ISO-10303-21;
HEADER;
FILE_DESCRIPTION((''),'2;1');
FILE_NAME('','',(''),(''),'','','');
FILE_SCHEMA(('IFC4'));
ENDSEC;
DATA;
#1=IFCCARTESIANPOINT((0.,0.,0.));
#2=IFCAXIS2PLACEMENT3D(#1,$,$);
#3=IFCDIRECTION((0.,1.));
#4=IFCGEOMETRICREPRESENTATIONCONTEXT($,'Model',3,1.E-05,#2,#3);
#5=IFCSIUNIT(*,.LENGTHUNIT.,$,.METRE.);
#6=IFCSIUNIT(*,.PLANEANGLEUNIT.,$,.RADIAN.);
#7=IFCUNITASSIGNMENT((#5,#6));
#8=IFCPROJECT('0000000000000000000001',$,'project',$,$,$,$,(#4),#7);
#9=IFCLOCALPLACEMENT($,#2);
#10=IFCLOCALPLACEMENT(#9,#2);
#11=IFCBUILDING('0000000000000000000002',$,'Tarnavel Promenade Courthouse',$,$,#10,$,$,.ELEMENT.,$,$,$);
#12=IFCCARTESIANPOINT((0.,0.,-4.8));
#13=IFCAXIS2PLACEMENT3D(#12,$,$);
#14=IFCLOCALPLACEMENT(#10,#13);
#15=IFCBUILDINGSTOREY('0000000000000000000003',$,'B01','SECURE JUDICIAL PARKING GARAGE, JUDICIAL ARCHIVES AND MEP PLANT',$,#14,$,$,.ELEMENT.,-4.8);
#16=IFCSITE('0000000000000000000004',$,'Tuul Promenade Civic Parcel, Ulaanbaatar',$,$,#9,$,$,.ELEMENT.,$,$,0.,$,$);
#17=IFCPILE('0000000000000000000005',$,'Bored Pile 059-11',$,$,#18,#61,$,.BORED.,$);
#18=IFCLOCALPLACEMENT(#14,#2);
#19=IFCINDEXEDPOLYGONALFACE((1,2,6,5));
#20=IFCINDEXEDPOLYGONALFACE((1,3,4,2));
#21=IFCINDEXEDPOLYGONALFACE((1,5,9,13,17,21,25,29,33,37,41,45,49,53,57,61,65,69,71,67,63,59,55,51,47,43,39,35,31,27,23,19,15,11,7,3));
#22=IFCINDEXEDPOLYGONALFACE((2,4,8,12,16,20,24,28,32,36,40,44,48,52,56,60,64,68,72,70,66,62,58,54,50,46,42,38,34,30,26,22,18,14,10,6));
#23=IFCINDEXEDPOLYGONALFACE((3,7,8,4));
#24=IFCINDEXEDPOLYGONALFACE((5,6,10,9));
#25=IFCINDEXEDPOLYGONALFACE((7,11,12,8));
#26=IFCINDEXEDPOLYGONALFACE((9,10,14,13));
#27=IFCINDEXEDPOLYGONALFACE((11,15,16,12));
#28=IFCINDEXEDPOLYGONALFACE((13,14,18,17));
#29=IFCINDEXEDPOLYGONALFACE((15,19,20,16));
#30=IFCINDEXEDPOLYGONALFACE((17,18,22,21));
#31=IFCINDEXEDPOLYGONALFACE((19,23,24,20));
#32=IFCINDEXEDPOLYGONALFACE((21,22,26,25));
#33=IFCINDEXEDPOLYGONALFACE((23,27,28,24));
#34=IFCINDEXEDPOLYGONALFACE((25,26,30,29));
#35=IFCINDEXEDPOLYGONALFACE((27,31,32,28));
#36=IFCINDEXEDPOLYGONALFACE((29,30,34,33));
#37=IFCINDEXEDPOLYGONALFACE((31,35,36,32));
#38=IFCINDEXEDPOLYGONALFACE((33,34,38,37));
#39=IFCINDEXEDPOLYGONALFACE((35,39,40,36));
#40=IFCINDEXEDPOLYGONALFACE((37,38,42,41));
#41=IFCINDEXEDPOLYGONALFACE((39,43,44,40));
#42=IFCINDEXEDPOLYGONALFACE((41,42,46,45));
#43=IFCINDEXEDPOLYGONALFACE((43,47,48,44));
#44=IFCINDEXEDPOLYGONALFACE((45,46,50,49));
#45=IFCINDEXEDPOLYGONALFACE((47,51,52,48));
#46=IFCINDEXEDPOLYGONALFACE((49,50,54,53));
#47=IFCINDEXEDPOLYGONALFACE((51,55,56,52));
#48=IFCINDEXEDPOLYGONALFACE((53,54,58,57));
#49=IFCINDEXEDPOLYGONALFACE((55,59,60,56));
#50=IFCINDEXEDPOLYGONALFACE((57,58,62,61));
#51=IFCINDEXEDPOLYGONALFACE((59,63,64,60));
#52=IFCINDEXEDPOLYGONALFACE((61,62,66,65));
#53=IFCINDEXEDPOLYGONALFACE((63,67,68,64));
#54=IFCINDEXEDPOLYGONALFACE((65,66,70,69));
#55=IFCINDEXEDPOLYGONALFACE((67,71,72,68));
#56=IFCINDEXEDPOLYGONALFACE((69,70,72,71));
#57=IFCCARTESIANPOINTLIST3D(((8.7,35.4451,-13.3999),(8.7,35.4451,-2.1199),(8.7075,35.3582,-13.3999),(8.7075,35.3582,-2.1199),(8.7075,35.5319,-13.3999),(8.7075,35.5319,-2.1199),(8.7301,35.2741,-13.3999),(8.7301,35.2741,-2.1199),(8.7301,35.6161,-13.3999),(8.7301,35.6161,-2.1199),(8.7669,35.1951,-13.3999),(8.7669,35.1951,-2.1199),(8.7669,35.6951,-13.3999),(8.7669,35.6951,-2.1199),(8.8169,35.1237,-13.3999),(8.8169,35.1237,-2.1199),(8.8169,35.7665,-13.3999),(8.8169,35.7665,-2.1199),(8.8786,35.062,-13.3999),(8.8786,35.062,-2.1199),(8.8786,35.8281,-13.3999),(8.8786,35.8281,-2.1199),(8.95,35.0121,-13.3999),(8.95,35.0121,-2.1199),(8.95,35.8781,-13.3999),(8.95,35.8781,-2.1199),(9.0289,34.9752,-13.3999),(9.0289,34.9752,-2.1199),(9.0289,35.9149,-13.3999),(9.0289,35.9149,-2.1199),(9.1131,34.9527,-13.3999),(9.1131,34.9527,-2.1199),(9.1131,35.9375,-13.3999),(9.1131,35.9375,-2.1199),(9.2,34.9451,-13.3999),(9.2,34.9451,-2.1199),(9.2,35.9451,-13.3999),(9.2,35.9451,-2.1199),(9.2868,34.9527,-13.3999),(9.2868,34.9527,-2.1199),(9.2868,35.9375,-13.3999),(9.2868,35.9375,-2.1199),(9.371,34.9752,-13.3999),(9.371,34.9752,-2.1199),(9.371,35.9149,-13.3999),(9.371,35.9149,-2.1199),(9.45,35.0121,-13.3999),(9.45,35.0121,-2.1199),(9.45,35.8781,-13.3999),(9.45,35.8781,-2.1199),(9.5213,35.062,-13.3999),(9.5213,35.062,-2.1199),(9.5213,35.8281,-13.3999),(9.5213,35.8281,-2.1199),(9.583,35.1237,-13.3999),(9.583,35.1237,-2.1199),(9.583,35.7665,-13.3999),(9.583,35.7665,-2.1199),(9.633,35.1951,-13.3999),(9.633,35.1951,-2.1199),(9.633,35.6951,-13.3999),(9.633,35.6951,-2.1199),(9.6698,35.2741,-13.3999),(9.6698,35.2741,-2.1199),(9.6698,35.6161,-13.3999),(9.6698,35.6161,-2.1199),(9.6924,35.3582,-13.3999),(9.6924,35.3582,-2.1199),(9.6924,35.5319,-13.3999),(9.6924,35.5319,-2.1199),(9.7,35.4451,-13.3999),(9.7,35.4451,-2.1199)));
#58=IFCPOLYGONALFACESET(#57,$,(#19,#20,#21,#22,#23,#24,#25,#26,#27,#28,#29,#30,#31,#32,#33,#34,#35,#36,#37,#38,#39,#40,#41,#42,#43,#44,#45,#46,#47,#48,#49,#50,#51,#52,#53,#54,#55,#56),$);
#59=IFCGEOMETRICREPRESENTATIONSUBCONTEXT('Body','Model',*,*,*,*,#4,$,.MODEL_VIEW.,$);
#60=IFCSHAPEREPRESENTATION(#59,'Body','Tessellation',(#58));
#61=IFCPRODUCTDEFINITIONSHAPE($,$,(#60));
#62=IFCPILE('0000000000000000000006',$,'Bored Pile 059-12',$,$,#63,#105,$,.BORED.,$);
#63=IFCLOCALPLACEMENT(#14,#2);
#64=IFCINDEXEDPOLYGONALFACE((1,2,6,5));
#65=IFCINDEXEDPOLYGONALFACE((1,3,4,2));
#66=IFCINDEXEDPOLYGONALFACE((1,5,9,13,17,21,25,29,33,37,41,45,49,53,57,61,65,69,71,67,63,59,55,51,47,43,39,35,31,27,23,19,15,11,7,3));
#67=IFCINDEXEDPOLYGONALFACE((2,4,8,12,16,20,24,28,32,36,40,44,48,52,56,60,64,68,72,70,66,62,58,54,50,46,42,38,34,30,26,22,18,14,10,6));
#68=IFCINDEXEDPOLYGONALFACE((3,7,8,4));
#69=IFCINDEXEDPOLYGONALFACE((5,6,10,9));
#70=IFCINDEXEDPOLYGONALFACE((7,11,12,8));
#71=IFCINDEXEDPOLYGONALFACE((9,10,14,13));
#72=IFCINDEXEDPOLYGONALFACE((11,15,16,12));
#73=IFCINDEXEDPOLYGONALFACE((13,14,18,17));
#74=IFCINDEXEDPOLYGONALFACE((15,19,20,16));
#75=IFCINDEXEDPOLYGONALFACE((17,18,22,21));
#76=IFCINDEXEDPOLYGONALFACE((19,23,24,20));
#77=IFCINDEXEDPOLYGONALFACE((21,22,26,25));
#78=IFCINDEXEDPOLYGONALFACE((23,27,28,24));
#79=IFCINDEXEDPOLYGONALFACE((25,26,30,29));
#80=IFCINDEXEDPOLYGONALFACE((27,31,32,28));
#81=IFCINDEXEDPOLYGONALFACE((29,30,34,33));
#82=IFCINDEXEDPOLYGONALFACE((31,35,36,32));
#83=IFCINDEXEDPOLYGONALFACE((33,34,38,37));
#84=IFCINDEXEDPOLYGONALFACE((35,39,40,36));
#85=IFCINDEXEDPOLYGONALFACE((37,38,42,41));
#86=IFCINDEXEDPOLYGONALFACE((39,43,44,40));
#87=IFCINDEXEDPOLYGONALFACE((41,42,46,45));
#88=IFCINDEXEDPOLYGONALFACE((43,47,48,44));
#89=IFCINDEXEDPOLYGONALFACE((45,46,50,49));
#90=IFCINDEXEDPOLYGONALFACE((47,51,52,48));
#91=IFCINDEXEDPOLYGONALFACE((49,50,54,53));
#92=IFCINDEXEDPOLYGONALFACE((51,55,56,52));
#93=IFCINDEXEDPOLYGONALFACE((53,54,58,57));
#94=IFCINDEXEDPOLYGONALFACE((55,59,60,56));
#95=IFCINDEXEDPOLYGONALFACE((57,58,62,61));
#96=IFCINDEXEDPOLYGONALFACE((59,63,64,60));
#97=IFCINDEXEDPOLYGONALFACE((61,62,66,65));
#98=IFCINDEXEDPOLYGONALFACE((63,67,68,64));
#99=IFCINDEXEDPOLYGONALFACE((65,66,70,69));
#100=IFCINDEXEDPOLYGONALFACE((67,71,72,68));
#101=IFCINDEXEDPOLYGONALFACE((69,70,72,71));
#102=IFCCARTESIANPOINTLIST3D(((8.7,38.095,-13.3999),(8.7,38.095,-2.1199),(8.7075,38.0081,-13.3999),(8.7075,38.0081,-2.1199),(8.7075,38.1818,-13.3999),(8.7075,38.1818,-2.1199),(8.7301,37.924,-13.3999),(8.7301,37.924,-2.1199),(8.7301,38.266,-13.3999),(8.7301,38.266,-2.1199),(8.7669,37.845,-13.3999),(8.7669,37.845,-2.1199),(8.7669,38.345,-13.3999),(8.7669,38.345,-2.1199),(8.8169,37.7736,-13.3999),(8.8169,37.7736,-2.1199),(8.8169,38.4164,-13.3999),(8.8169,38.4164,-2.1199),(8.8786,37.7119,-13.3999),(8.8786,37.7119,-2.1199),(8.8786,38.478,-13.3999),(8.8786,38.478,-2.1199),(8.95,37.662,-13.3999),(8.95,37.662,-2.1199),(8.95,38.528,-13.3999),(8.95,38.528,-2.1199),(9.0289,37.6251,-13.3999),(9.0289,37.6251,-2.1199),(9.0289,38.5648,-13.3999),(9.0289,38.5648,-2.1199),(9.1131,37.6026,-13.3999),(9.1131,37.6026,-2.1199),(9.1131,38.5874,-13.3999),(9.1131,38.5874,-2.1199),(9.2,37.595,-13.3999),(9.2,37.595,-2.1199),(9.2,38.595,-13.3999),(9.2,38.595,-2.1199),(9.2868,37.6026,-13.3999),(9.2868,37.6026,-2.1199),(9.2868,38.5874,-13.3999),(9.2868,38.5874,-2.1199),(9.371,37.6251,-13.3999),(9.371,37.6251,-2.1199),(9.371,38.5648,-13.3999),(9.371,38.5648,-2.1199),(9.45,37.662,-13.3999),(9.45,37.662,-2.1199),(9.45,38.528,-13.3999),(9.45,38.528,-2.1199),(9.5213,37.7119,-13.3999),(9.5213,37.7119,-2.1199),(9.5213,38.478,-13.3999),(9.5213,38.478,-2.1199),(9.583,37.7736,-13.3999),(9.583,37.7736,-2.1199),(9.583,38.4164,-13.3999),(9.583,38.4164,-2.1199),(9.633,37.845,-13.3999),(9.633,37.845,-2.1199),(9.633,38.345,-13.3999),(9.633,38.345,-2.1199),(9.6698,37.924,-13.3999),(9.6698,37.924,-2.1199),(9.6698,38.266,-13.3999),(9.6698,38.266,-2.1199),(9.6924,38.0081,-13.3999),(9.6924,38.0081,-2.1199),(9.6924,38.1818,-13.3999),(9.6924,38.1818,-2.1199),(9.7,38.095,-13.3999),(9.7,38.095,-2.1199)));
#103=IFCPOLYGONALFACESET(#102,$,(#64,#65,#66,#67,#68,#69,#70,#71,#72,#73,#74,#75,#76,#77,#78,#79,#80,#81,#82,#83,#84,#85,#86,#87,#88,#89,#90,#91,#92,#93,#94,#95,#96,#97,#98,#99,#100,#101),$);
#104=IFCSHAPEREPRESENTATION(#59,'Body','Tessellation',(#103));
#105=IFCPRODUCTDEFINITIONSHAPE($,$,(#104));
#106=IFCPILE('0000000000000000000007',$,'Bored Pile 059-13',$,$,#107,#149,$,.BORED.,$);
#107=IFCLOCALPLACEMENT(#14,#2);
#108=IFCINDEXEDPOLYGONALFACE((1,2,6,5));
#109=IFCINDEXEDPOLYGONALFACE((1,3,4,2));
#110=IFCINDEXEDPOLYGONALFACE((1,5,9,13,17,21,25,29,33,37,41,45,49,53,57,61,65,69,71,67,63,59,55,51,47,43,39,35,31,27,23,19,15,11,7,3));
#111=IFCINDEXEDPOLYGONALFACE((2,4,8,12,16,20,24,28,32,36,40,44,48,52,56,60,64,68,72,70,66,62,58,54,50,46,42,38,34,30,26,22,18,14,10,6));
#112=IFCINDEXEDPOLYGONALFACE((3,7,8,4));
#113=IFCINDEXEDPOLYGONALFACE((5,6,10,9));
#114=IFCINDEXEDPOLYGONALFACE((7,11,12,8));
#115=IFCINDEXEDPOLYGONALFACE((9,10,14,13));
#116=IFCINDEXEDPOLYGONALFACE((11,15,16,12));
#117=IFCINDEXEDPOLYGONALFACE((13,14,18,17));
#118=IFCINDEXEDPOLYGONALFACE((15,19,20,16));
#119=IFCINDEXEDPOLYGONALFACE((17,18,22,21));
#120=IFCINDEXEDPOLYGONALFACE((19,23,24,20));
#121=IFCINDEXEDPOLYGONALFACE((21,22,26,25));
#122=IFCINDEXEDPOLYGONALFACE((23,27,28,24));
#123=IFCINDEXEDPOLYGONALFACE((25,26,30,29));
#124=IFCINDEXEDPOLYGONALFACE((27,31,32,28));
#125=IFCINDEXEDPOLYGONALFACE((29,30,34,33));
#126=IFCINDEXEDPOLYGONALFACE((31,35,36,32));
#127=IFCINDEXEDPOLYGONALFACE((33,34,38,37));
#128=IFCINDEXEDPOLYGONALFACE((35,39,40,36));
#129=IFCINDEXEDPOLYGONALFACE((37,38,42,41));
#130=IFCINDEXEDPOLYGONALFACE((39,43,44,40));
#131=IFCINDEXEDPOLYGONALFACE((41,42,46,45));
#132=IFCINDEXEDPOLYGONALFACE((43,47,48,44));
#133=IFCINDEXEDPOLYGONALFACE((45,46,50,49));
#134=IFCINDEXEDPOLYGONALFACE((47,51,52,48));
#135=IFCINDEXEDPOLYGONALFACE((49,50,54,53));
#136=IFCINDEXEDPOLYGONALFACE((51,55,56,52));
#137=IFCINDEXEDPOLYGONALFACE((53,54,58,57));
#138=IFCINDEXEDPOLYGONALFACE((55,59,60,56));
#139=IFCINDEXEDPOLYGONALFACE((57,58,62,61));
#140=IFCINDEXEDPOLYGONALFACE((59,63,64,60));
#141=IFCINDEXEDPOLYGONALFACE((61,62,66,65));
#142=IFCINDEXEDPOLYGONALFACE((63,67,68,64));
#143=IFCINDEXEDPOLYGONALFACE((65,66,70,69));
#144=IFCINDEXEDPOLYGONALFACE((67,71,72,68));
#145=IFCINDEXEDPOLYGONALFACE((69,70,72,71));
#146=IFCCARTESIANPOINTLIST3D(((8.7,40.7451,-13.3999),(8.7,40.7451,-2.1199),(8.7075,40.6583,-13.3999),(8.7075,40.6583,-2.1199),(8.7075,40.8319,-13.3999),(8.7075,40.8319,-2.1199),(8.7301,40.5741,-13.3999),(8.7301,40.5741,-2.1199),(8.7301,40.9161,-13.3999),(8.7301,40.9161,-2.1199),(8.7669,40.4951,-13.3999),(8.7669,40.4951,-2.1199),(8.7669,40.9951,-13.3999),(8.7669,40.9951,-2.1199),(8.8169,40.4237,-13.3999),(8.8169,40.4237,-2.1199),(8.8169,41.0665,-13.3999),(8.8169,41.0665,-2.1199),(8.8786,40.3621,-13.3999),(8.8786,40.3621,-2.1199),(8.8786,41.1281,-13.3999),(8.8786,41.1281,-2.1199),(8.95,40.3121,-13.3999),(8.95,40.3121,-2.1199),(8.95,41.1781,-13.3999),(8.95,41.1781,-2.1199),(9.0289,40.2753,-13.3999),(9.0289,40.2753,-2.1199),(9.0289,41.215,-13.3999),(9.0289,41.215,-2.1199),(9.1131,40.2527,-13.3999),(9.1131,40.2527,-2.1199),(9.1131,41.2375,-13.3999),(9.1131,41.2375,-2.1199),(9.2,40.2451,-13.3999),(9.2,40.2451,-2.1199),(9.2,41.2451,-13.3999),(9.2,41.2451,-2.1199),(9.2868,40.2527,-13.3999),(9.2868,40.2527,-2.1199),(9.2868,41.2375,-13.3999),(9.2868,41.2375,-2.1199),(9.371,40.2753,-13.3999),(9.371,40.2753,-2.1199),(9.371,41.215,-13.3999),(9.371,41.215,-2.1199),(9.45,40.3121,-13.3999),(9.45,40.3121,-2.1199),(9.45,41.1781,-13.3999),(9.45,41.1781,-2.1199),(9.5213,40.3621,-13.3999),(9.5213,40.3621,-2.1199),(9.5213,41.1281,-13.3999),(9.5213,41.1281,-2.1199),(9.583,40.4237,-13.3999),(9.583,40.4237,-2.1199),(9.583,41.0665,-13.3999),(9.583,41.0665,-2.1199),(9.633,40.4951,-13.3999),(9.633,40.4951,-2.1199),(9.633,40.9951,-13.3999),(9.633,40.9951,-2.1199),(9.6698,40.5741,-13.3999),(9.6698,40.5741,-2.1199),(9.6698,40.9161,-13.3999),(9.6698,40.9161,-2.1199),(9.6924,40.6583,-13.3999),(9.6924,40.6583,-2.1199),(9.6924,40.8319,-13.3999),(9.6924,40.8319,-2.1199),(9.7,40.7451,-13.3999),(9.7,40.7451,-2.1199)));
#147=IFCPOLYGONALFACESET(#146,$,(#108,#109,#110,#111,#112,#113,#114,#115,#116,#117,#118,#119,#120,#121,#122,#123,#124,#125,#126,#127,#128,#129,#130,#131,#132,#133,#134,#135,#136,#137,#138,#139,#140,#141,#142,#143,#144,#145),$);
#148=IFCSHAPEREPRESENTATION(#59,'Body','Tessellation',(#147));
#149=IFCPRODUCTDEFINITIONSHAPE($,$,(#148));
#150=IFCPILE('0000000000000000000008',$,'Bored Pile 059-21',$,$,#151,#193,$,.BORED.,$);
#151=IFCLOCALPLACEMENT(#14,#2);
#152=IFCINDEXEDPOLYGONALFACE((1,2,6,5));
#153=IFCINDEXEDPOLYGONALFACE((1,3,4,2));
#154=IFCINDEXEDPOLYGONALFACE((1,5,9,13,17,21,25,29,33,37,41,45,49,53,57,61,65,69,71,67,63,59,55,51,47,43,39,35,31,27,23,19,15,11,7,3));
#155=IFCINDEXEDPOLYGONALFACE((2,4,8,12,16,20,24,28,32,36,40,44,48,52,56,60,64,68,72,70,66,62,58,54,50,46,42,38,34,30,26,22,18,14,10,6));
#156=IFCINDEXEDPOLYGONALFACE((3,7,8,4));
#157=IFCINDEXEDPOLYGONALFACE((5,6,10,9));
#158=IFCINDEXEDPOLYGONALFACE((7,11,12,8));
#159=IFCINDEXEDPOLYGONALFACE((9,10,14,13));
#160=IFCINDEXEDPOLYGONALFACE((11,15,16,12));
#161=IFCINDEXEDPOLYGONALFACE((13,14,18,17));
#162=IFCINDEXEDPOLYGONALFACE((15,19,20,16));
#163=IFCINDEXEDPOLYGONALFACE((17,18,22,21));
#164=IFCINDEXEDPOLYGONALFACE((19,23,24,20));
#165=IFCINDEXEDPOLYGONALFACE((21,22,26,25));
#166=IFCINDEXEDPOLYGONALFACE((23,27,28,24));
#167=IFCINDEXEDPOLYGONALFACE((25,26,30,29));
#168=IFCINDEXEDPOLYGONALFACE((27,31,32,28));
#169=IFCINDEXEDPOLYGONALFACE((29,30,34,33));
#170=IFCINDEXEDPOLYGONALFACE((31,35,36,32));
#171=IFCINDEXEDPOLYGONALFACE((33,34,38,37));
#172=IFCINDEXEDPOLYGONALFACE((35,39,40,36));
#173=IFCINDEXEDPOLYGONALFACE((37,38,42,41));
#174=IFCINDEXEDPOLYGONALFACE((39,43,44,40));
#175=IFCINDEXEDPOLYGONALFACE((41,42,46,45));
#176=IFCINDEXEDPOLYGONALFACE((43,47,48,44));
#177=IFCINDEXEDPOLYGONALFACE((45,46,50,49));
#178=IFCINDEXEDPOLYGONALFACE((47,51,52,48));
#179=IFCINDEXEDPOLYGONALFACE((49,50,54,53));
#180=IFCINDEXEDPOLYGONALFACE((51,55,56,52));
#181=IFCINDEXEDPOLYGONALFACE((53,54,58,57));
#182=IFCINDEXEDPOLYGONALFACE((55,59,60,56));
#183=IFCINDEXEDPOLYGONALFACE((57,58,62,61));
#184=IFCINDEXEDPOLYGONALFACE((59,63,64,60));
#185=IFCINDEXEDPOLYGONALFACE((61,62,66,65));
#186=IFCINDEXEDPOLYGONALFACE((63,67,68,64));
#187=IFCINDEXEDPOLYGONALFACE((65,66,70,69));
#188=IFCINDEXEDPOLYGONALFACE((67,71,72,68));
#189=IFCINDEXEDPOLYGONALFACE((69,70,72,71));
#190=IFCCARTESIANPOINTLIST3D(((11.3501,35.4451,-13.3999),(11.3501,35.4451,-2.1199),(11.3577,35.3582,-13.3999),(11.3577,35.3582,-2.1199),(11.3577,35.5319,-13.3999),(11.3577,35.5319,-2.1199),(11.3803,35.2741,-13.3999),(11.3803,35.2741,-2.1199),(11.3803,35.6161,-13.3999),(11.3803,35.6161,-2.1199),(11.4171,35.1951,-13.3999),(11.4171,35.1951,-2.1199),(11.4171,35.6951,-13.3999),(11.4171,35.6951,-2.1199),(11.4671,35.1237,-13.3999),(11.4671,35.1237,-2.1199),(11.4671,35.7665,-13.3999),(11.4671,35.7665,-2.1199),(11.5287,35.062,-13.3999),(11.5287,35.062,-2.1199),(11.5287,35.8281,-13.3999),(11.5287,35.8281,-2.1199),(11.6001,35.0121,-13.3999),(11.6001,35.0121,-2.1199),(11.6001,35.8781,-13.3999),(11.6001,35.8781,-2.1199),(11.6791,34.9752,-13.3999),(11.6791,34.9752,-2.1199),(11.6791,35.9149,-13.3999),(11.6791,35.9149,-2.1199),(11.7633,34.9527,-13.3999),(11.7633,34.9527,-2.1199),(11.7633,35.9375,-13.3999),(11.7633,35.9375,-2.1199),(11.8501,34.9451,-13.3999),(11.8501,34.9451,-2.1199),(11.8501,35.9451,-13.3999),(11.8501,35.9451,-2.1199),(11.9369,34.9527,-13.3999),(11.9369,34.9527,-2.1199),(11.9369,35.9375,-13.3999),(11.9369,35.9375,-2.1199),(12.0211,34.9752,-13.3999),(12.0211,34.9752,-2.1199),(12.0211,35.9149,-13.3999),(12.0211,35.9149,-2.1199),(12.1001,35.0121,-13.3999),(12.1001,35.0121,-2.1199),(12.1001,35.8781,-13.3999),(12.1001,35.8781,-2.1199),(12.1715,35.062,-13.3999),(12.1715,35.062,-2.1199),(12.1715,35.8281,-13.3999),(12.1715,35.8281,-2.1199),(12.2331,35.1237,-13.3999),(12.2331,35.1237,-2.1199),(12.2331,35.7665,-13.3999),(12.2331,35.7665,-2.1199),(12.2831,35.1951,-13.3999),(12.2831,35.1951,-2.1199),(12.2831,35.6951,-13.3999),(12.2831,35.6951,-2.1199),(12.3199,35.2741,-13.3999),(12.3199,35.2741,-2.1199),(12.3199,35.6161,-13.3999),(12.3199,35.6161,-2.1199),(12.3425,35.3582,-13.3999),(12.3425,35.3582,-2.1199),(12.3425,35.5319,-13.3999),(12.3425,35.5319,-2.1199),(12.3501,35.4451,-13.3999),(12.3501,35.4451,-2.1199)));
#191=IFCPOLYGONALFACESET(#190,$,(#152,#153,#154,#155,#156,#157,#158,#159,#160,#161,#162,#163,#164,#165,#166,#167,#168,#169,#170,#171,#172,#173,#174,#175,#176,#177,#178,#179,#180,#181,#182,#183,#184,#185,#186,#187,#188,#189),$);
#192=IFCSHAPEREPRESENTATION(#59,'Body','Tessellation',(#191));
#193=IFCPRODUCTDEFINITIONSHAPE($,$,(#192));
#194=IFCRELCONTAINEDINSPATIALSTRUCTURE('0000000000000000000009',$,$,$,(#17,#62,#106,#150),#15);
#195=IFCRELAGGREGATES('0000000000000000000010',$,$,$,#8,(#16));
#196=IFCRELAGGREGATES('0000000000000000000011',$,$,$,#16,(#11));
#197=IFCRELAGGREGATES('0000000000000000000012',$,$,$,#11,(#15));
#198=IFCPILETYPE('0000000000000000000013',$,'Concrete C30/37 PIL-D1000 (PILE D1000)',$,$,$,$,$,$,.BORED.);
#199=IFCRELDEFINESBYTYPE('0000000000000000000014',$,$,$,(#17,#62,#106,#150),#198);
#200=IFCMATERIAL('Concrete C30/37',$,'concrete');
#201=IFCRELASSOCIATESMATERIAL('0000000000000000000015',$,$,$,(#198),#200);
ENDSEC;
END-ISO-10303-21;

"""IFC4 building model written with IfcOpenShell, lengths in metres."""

from ifc_helpers import new_model, si_unit, direction, frame, origin, origin_2d, place, context, subcontext, project, spatial, circle, extrude, material, material_profile, profile_set, type_object, element, save


model = new_model("IFC4")

# Units and contexts
model_context = context("Model", 3, precision=1e-05, world=origin(), true_north=direction((0.0, 1.0)))
body_context = subcontext(model_context, "Body", "Model", "MODEL_VIEW")
ifc_project = project(units=[si_unit("LENGTHUNIT", "METRE"), si_unit("PLANEANGLEUNIT", "RADIAN")], contexts=[model_context])

# Site, building, storey
site_placement = place(None, origin())
site = spatial("IfcSite", under=ifc_project, at=site_placement, Name="Tuul Promenade Civic Parcel, Ulaanbaatar", CompositionType="ELEMENT", RefElevation=0.0)
building_placement = place(site_placement, origin())
building = spatial("IfcBuilding", under=site, at=building_placement, Name="Tarnavel Promenade Courthouse", CompositionType="ELEMENT")
storey_placement = place(building_placement, frame((0.0, 0.0, -4.8)))
storey = spatial("IfcBuildingStorey", under=building, at=storey_placement, Name="B01", Description="SECURE JUDICIAL PARKING GARAGE, JUDICIAL ARCHIVES AND MEP PLANT", CompositionType="ELEMENT", Elevation=-4.8)

# Piles
ifc_material_1 = material(Name="Concrete C30/37", Category="concrete")
ifc_material_profile_1 = material_profile(ifc_material_1, circle(Radius=0.5, at=origin_2d()), Name="PILE D1000")
ifc_profile_set_1 = profile_set([ifc_material_profile_1], Name="Concrete C30/37")
pile_type = type_object("IfcPileType", Name="Concrete C30/37 PIL-D1000 (PILE D1000)", PredefinedType="BORED", material=ifc_profile_set_1)
for number, where, z_axis, x_axis, name in (
    (1, (9.2, 35.4451, -2.1199), (0.0, 0.0, -1.0), (1.0, 0.0, 0.0), "Bored Pile 059-11"),
    (2, (9.2, 38.095, -2.1199), (0.0, 0.0, -1.0), (1.0, 0.0, 0.0), "Bored Pile 059-12"),
    (3, (9.2, 40.7451, -2.1199), (0.0, 0.0, -1.0), (1.0, 0.0, 0.0), "Bored Pile 059-13"),
    (4, (11.8501, 35.4451, -2.1199), (0.0, 0.0, -1.0), (1.0, 0.0, 0.0), "Bored Pile 059-21"),
):
    element("IfcPile", number, at=place(storey_placement, frame(where, z_axis=z_axis, x_axis=x_axis)), inside=storey, type_object=pile_type, Name=name, PredefinedType="BORED", context=body_context, shape_type="SweptSolid", body=[
        extrude(circle(Radius=0.5, at=origin_2d()), origin(), (0.0, 0.0, 1.0), 11.28),
    ])

save(model, "model.ifc")
